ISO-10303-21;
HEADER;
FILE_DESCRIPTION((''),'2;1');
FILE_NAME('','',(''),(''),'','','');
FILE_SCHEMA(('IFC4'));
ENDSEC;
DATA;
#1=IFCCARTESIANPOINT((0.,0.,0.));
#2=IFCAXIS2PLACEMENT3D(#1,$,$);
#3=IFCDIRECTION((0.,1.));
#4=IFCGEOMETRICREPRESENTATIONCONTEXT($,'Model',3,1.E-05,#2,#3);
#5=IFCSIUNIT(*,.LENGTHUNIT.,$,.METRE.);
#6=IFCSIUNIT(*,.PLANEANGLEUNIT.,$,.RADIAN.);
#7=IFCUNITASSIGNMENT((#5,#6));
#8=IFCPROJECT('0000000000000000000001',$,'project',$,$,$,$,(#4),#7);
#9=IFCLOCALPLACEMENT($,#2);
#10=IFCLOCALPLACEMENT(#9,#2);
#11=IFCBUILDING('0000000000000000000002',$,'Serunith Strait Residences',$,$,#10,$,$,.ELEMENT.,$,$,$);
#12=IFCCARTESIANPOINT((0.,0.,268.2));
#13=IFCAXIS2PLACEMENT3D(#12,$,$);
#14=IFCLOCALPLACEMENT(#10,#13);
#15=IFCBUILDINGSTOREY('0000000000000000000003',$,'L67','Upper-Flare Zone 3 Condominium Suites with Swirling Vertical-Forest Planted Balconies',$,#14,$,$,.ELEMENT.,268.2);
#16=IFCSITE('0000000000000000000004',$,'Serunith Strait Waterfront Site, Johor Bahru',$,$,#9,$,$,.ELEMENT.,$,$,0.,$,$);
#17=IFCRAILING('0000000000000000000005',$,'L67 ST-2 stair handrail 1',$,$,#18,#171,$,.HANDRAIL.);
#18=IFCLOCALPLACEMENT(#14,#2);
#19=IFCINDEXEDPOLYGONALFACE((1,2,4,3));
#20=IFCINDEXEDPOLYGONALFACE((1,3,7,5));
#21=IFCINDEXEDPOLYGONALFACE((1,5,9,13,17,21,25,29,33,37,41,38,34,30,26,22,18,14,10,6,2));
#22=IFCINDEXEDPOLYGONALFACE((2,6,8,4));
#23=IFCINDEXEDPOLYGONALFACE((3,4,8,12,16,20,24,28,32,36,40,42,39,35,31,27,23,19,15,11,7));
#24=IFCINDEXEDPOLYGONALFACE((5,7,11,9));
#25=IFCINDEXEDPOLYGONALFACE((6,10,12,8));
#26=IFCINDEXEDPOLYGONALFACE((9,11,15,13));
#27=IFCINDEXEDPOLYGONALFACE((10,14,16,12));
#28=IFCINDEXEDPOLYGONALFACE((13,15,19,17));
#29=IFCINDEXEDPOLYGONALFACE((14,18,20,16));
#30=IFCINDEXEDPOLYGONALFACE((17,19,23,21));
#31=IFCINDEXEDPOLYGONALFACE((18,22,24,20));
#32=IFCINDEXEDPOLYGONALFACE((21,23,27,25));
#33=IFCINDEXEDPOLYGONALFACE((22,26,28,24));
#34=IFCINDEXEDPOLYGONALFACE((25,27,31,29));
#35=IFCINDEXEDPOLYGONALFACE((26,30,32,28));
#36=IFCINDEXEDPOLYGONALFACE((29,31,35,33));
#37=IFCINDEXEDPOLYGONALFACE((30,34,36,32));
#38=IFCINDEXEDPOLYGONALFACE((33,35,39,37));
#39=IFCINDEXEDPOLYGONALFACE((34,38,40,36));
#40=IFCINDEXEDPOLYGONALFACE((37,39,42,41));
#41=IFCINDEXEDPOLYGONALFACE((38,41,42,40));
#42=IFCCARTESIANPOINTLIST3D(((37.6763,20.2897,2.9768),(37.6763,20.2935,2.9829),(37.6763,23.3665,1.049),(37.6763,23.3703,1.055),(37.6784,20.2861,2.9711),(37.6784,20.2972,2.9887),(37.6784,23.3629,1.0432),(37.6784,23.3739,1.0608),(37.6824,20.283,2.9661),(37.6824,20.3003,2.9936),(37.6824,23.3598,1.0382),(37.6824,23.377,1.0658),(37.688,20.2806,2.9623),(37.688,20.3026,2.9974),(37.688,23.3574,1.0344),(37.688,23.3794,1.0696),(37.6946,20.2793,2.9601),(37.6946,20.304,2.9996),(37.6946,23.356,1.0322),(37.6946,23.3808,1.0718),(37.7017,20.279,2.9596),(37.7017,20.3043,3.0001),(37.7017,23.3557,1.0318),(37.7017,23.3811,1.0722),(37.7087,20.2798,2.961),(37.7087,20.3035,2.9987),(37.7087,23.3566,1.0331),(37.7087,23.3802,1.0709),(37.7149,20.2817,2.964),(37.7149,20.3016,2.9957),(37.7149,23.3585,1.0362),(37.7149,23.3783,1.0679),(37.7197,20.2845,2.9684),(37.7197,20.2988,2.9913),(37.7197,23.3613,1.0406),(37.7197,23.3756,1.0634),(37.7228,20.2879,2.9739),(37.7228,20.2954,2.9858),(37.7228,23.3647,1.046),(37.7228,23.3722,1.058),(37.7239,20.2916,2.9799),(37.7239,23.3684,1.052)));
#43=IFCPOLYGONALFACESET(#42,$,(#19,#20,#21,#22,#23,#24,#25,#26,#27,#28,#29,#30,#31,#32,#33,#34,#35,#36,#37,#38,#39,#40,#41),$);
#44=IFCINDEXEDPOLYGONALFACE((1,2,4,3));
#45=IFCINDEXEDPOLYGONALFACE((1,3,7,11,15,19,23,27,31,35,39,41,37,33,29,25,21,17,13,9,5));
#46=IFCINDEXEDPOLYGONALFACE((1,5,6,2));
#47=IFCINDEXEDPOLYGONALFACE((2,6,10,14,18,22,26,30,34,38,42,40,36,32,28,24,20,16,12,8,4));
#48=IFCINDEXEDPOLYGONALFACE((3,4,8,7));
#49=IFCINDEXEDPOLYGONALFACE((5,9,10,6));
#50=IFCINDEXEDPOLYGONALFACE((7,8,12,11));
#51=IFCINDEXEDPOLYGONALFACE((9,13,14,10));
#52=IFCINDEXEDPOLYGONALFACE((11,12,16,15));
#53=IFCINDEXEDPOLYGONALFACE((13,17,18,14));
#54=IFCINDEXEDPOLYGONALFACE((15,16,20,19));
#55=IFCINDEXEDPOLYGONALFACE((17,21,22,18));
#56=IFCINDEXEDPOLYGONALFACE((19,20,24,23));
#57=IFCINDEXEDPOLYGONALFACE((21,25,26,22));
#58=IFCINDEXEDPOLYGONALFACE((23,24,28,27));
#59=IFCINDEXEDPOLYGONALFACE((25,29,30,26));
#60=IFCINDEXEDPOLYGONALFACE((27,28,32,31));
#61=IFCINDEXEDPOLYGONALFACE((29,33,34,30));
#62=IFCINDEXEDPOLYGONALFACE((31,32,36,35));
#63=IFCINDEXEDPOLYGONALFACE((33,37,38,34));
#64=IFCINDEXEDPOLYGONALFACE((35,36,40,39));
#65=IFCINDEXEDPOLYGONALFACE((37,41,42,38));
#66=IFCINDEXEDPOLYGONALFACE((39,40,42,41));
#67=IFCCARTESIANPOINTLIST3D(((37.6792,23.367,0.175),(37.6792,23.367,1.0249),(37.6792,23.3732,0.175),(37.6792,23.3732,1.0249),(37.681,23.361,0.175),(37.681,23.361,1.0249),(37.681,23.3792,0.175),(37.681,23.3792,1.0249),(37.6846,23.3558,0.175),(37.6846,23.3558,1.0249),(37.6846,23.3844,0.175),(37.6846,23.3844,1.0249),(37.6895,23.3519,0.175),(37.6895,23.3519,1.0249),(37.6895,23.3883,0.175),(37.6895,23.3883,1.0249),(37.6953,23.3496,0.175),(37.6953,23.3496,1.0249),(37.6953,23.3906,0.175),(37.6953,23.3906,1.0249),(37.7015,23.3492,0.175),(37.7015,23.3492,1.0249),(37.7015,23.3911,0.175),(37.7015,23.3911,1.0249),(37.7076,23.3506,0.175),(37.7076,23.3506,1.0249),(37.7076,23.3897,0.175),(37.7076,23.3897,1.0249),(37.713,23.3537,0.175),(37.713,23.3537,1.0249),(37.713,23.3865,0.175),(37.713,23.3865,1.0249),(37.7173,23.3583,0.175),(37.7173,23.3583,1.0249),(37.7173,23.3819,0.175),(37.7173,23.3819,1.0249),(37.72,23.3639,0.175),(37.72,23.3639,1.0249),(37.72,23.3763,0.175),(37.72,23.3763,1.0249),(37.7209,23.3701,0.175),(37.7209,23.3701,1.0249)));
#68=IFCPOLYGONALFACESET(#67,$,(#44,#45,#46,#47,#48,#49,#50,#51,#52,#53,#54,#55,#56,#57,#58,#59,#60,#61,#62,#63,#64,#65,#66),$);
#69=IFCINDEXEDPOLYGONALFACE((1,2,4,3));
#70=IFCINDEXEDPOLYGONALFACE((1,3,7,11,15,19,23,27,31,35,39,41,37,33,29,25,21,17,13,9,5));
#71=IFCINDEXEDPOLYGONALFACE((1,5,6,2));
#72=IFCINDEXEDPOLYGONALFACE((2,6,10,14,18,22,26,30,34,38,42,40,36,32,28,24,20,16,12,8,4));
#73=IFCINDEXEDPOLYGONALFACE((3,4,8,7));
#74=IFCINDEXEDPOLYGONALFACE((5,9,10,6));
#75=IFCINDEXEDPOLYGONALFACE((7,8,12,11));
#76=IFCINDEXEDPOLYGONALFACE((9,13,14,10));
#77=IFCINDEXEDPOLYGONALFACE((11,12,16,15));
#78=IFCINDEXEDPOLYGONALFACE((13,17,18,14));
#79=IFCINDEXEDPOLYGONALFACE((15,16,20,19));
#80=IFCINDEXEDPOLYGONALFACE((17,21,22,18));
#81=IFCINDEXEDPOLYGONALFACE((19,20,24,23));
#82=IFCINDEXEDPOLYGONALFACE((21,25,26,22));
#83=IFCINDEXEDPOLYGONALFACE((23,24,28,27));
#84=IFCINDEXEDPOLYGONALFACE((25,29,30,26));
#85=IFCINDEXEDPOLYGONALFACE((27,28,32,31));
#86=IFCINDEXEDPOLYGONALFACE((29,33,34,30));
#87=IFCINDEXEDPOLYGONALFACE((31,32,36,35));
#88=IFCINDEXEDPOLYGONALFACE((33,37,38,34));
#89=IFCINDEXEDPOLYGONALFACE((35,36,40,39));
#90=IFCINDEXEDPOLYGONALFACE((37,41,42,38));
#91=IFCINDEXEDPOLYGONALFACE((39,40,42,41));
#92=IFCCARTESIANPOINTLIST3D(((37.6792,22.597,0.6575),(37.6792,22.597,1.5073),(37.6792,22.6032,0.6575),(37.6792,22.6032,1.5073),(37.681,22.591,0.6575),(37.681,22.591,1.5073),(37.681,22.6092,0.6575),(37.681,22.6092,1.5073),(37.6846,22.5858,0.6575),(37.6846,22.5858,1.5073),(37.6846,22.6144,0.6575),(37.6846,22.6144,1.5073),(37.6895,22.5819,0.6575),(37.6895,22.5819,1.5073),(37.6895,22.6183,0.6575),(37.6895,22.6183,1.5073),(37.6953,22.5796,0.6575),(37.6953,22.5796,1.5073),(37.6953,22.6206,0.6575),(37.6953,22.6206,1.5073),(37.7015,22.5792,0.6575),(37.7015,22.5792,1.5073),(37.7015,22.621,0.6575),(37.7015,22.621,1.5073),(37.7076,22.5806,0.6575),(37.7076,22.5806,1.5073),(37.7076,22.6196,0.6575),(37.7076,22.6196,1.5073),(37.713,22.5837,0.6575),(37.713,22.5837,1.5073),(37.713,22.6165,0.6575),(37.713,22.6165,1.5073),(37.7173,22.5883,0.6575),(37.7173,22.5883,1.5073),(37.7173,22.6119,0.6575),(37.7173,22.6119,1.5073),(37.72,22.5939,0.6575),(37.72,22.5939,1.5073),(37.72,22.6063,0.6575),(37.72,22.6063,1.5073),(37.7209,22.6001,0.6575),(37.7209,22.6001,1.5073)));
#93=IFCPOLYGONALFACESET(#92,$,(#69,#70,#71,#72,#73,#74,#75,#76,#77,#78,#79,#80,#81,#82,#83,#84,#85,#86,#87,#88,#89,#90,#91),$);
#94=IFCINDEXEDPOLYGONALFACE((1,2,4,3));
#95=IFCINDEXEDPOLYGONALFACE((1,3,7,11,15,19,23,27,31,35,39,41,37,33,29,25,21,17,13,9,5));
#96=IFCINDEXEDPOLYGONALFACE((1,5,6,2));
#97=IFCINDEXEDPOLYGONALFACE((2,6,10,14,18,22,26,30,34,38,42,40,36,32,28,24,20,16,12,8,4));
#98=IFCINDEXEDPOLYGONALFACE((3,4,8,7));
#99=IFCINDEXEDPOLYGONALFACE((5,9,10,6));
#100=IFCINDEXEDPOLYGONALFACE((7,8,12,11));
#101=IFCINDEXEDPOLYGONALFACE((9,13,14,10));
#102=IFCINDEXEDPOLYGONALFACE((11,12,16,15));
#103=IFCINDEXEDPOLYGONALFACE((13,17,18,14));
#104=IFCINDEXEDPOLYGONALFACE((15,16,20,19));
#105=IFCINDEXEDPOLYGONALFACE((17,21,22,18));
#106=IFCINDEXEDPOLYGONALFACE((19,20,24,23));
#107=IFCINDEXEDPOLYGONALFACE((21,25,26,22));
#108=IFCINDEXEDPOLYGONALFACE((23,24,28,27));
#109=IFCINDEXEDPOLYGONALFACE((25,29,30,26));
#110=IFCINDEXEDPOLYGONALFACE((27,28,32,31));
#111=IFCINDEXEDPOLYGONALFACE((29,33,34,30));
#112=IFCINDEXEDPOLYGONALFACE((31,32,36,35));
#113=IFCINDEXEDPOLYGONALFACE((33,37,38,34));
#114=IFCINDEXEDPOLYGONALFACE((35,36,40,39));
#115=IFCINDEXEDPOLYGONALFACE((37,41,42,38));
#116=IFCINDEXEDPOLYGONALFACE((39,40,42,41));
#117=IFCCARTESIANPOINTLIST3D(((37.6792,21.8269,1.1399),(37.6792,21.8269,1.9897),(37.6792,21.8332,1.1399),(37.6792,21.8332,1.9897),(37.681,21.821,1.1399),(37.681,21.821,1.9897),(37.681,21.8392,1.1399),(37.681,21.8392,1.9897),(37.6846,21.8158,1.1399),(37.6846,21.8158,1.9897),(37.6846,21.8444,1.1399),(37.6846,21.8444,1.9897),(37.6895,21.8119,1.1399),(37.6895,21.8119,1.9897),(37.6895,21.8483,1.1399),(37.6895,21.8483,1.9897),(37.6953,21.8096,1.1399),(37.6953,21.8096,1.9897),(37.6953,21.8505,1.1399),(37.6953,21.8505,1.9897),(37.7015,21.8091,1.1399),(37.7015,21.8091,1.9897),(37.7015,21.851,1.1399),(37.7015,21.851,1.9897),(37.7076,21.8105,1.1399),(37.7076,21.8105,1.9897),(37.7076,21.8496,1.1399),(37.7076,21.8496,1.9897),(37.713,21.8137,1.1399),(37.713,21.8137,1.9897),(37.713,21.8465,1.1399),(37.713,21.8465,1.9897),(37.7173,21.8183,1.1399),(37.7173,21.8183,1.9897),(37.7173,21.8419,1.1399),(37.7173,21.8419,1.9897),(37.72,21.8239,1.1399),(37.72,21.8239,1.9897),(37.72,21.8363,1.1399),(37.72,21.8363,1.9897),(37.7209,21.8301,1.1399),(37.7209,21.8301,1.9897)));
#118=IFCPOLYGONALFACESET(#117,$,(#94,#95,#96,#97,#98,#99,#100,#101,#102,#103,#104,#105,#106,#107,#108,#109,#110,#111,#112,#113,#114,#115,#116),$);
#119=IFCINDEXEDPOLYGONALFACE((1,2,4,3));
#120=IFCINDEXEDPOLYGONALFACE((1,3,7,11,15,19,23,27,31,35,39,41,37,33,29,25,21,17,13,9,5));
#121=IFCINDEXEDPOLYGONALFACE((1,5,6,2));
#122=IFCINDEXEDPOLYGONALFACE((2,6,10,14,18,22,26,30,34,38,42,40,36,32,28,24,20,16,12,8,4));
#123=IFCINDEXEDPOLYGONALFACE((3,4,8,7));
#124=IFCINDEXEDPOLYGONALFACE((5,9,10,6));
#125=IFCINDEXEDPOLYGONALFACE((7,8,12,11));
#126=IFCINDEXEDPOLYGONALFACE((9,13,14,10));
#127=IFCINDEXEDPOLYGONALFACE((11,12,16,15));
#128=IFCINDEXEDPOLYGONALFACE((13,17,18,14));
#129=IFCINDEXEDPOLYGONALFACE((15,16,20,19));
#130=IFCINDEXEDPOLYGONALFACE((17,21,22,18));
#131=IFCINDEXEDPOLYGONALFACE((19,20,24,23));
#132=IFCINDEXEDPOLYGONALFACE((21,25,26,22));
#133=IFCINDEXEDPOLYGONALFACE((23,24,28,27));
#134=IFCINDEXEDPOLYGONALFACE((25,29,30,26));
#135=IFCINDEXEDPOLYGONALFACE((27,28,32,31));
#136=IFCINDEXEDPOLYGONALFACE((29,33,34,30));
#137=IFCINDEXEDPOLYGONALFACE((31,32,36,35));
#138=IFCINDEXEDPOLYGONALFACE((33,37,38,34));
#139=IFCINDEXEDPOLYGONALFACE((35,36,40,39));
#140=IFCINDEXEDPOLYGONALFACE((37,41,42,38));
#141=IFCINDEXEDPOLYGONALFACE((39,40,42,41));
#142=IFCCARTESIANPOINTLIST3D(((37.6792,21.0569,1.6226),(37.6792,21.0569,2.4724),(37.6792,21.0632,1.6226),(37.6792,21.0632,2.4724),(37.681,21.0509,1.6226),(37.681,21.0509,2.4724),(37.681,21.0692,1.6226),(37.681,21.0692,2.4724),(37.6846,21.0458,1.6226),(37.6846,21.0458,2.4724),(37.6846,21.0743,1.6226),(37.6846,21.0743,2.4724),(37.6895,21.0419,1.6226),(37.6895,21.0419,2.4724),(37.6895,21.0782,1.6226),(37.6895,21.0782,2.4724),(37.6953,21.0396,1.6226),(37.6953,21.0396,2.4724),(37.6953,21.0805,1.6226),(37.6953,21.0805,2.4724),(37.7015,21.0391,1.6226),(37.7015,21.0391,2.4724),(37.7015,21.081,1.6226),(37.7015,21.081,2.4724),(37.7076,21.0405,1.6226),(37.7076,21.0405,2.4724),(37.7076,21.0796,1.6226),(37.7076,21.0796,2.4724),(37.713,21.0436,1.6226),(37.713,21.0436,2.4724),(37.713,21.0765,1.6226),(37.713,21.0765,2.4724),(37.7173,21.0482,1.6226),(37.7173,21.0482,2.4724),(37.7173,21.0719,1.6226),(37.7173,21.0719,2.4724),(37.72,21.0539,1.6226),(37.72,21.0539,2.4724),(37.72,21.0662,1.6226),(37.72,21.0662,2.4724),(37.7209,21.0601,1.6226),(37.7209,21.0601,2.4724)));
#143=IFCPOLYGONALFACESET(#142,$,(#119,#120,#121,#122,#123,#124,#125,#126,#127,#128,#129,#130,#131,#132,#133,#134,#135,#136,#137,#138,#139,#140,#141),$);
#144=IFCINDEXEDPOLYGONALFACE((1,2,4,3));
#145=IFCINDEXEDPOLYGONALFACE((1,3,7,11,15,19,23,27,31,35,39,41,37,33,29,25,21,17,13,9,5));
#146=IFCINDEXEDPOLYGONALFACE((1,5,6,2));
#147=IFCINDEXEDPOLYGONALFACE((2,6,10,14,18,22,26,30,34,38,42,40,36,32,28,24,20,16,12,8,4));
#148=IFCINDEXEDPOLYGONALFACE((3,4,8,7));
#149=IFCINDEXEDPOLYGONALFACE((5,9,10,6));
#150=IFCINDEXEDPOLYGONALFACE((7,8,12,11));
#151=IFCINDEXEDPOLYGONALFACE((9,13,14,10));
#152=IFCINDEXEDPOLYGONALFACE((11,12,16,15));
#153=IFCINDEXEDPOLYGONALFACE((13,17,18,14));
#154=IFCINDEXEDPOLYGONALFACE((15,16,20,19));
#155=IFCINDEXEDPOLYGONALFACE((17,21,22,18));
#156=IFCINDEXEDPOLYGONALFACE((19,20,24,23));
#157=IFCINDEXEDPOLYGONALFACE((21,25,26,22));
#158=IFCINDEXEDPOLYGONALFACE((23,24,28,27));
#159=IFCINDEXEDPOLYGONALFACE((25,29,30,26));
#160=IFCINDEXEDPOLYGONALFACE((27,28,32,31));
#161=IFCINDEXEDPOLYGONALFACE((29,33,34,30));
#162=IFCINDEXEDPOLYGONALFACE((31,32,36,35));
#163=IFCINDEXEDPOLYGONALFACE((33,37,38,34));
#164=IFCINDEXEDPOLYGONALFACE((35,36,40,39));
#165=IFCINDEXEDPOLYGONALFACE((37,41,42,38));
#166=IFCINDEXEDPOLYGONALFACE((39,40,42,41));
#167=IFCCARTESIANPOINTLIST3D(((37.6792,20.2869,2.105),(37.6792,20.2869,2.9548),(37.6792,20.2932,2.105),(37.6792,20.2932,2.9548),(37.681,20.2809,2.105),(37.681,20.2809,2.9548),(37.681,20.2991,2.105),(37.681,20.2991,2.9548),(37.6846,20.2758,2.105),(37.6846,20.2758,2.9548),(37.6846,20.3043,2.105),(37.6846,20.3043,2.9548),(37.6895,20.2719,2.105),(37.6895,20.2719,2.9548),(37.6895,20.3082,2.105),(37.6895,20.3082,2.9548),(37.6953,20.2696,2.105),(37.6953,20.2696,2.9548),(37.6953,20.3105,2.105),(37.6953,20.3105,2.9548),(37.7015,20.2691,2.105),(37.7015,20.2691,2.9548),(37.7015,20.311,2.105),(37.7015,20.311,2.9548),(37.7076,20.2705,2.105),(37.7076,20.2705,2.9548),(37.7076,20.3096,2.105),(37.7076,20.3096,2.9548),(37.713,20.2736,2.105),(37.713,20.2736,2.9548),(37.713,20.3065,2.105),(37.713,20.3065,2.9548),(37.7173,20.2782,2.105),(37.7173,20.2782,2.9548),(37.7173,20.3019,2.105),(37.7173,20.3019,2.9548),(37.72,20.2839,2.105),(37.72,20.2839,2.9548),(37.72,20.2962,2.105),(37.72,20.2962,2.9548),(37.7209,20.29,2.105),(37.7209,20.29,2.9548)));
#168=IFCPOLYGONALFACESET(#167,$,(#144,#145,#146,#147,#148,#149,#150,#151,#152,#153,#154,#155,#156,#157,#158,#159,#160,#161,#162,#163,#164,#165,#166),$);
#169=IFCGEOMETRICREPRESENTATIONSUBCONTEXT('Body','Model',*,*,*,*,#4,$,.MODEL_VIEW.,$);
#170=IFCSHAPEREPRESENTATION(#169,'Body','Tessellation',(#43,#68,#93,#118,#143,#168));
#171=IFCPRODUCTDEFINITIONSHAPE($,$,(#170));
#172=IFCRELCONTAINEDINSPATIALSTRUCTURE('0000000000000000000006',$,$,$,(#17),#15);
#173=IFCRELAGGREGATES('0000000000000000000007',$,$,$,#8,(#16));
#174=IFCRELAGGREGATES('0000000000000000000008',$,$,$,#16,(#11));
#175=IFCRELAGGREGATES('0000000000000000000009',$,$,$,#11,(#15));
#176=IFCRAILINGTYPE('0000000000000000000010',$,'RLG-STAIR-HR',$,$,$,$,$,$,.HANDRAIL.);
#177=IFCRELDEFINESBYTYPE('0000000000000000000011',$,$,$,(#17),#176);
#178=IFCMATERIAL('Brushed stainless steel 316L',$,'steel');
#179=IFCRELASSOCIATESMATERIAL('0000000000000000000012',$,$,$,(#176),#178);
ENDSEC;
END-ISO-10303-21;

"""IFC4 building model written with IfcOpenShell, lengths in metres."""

from ifc_helpers import new_model, si_unit, direction, frame, origin, origin_2d, place, context, subcontext, project, spatial, circle, extrude, material, type_object, element, save


model = new_model("IFC4")

# Units and contexts
model_context = context("Model", 3, precision=1e-05, world=origin(), true_north=direction((0.0, 1.0)))
body_context = subcontext(model_context, "Body", "Model", "MODEL_VIEW")
ifc_project = project(units=[si_unit("LENGTHUNIT", "METRE"), si_unit("PLANEANGLEUNIT", "RADIAN")], contexts=[model_context])

# Site, building, storey
site_placement = place(None, origin())
site = spatial("IfcSite", under=ifc_project, at=site_placement, Name="Serunith Strait Waterfront Site, Johor Bahru", CompositionType="ELEMENT", RefElevation=0.0)
building_placement = place(site_placement, origin())
building = spatial("IfcBuilding", under=site, at=building_placement, Name="Serunith Strait Residences", CompositionType="ELEMENT")
storey_placement = place(building_placement, frame((0.0, 0.0, 268.2)))
storey = spatial("IfcBuildingStorey", under=building, at=storey_placement, Name="L67", Description="Upper-Flare Zone 3 Condominium Suites with Swirling Vertical-Forest Planted Balconies", CompositionType="ELEMENT", Elevation=268.2)

# Railing
ifc_material_1 = material(Name="Brushed stainless steel 316L", Category="steel")
railing_type_1 = type_object("IfcRailingType", Name="RLG-STAIR-HR", PredefinedType="HANDRAIL", material=ifc_material_1)
railing_1_placement = place(storey_placement, frame((37.7, 23.3701, 0.175)))
element("IfcRailing", 1, at=railing_1_placement, inside=storey, type_object=railing_type_1, Name="L67 ST-2 stair handrail 1", PredefinedType="HANDRAIL", context=body_context, shape_type="SweptSolid", body=[
    extrude(circle(Radius=0.0239, at=origin_2d()), frame((0.0, -0.0017, 0.877), z_axis=(0.0, -0.847394, 0.530965), x_axis=(1.0, 0.0, 0.0)), (0.0, 0.0, 1.0), 3.6309),
    extrude(circle(Radius=0.021, at=origin_2d()), origin(), (0.0, 0.0, 1.0), 0.8499),
    extrude(circle(Radius=0.021, at=origin_2d()), frame((0.0, -0.77, 0.4824)), (0.0, 0.0, 1.0), 0.8499),
    extrude(circle(Radius=0.021, at=origin_2d()), frame((0.0, -1.54, 0.9648)), (0.0, 0.0, 1.0), 0.8499),
    extrude(circle(Radius=0.021, at=origin_2d()), frame((0.0, -2.3101, 1.4475)), (0.0, 0.0, 1.0), 0.8499),
    extrude(circle(Radius=0.021, at=origin_2d()), frame((0.0, -3.0801, 1.9299)), (0.0, 0.0, 1.0), 0.8499),
])

save(model, "model.ifc")
